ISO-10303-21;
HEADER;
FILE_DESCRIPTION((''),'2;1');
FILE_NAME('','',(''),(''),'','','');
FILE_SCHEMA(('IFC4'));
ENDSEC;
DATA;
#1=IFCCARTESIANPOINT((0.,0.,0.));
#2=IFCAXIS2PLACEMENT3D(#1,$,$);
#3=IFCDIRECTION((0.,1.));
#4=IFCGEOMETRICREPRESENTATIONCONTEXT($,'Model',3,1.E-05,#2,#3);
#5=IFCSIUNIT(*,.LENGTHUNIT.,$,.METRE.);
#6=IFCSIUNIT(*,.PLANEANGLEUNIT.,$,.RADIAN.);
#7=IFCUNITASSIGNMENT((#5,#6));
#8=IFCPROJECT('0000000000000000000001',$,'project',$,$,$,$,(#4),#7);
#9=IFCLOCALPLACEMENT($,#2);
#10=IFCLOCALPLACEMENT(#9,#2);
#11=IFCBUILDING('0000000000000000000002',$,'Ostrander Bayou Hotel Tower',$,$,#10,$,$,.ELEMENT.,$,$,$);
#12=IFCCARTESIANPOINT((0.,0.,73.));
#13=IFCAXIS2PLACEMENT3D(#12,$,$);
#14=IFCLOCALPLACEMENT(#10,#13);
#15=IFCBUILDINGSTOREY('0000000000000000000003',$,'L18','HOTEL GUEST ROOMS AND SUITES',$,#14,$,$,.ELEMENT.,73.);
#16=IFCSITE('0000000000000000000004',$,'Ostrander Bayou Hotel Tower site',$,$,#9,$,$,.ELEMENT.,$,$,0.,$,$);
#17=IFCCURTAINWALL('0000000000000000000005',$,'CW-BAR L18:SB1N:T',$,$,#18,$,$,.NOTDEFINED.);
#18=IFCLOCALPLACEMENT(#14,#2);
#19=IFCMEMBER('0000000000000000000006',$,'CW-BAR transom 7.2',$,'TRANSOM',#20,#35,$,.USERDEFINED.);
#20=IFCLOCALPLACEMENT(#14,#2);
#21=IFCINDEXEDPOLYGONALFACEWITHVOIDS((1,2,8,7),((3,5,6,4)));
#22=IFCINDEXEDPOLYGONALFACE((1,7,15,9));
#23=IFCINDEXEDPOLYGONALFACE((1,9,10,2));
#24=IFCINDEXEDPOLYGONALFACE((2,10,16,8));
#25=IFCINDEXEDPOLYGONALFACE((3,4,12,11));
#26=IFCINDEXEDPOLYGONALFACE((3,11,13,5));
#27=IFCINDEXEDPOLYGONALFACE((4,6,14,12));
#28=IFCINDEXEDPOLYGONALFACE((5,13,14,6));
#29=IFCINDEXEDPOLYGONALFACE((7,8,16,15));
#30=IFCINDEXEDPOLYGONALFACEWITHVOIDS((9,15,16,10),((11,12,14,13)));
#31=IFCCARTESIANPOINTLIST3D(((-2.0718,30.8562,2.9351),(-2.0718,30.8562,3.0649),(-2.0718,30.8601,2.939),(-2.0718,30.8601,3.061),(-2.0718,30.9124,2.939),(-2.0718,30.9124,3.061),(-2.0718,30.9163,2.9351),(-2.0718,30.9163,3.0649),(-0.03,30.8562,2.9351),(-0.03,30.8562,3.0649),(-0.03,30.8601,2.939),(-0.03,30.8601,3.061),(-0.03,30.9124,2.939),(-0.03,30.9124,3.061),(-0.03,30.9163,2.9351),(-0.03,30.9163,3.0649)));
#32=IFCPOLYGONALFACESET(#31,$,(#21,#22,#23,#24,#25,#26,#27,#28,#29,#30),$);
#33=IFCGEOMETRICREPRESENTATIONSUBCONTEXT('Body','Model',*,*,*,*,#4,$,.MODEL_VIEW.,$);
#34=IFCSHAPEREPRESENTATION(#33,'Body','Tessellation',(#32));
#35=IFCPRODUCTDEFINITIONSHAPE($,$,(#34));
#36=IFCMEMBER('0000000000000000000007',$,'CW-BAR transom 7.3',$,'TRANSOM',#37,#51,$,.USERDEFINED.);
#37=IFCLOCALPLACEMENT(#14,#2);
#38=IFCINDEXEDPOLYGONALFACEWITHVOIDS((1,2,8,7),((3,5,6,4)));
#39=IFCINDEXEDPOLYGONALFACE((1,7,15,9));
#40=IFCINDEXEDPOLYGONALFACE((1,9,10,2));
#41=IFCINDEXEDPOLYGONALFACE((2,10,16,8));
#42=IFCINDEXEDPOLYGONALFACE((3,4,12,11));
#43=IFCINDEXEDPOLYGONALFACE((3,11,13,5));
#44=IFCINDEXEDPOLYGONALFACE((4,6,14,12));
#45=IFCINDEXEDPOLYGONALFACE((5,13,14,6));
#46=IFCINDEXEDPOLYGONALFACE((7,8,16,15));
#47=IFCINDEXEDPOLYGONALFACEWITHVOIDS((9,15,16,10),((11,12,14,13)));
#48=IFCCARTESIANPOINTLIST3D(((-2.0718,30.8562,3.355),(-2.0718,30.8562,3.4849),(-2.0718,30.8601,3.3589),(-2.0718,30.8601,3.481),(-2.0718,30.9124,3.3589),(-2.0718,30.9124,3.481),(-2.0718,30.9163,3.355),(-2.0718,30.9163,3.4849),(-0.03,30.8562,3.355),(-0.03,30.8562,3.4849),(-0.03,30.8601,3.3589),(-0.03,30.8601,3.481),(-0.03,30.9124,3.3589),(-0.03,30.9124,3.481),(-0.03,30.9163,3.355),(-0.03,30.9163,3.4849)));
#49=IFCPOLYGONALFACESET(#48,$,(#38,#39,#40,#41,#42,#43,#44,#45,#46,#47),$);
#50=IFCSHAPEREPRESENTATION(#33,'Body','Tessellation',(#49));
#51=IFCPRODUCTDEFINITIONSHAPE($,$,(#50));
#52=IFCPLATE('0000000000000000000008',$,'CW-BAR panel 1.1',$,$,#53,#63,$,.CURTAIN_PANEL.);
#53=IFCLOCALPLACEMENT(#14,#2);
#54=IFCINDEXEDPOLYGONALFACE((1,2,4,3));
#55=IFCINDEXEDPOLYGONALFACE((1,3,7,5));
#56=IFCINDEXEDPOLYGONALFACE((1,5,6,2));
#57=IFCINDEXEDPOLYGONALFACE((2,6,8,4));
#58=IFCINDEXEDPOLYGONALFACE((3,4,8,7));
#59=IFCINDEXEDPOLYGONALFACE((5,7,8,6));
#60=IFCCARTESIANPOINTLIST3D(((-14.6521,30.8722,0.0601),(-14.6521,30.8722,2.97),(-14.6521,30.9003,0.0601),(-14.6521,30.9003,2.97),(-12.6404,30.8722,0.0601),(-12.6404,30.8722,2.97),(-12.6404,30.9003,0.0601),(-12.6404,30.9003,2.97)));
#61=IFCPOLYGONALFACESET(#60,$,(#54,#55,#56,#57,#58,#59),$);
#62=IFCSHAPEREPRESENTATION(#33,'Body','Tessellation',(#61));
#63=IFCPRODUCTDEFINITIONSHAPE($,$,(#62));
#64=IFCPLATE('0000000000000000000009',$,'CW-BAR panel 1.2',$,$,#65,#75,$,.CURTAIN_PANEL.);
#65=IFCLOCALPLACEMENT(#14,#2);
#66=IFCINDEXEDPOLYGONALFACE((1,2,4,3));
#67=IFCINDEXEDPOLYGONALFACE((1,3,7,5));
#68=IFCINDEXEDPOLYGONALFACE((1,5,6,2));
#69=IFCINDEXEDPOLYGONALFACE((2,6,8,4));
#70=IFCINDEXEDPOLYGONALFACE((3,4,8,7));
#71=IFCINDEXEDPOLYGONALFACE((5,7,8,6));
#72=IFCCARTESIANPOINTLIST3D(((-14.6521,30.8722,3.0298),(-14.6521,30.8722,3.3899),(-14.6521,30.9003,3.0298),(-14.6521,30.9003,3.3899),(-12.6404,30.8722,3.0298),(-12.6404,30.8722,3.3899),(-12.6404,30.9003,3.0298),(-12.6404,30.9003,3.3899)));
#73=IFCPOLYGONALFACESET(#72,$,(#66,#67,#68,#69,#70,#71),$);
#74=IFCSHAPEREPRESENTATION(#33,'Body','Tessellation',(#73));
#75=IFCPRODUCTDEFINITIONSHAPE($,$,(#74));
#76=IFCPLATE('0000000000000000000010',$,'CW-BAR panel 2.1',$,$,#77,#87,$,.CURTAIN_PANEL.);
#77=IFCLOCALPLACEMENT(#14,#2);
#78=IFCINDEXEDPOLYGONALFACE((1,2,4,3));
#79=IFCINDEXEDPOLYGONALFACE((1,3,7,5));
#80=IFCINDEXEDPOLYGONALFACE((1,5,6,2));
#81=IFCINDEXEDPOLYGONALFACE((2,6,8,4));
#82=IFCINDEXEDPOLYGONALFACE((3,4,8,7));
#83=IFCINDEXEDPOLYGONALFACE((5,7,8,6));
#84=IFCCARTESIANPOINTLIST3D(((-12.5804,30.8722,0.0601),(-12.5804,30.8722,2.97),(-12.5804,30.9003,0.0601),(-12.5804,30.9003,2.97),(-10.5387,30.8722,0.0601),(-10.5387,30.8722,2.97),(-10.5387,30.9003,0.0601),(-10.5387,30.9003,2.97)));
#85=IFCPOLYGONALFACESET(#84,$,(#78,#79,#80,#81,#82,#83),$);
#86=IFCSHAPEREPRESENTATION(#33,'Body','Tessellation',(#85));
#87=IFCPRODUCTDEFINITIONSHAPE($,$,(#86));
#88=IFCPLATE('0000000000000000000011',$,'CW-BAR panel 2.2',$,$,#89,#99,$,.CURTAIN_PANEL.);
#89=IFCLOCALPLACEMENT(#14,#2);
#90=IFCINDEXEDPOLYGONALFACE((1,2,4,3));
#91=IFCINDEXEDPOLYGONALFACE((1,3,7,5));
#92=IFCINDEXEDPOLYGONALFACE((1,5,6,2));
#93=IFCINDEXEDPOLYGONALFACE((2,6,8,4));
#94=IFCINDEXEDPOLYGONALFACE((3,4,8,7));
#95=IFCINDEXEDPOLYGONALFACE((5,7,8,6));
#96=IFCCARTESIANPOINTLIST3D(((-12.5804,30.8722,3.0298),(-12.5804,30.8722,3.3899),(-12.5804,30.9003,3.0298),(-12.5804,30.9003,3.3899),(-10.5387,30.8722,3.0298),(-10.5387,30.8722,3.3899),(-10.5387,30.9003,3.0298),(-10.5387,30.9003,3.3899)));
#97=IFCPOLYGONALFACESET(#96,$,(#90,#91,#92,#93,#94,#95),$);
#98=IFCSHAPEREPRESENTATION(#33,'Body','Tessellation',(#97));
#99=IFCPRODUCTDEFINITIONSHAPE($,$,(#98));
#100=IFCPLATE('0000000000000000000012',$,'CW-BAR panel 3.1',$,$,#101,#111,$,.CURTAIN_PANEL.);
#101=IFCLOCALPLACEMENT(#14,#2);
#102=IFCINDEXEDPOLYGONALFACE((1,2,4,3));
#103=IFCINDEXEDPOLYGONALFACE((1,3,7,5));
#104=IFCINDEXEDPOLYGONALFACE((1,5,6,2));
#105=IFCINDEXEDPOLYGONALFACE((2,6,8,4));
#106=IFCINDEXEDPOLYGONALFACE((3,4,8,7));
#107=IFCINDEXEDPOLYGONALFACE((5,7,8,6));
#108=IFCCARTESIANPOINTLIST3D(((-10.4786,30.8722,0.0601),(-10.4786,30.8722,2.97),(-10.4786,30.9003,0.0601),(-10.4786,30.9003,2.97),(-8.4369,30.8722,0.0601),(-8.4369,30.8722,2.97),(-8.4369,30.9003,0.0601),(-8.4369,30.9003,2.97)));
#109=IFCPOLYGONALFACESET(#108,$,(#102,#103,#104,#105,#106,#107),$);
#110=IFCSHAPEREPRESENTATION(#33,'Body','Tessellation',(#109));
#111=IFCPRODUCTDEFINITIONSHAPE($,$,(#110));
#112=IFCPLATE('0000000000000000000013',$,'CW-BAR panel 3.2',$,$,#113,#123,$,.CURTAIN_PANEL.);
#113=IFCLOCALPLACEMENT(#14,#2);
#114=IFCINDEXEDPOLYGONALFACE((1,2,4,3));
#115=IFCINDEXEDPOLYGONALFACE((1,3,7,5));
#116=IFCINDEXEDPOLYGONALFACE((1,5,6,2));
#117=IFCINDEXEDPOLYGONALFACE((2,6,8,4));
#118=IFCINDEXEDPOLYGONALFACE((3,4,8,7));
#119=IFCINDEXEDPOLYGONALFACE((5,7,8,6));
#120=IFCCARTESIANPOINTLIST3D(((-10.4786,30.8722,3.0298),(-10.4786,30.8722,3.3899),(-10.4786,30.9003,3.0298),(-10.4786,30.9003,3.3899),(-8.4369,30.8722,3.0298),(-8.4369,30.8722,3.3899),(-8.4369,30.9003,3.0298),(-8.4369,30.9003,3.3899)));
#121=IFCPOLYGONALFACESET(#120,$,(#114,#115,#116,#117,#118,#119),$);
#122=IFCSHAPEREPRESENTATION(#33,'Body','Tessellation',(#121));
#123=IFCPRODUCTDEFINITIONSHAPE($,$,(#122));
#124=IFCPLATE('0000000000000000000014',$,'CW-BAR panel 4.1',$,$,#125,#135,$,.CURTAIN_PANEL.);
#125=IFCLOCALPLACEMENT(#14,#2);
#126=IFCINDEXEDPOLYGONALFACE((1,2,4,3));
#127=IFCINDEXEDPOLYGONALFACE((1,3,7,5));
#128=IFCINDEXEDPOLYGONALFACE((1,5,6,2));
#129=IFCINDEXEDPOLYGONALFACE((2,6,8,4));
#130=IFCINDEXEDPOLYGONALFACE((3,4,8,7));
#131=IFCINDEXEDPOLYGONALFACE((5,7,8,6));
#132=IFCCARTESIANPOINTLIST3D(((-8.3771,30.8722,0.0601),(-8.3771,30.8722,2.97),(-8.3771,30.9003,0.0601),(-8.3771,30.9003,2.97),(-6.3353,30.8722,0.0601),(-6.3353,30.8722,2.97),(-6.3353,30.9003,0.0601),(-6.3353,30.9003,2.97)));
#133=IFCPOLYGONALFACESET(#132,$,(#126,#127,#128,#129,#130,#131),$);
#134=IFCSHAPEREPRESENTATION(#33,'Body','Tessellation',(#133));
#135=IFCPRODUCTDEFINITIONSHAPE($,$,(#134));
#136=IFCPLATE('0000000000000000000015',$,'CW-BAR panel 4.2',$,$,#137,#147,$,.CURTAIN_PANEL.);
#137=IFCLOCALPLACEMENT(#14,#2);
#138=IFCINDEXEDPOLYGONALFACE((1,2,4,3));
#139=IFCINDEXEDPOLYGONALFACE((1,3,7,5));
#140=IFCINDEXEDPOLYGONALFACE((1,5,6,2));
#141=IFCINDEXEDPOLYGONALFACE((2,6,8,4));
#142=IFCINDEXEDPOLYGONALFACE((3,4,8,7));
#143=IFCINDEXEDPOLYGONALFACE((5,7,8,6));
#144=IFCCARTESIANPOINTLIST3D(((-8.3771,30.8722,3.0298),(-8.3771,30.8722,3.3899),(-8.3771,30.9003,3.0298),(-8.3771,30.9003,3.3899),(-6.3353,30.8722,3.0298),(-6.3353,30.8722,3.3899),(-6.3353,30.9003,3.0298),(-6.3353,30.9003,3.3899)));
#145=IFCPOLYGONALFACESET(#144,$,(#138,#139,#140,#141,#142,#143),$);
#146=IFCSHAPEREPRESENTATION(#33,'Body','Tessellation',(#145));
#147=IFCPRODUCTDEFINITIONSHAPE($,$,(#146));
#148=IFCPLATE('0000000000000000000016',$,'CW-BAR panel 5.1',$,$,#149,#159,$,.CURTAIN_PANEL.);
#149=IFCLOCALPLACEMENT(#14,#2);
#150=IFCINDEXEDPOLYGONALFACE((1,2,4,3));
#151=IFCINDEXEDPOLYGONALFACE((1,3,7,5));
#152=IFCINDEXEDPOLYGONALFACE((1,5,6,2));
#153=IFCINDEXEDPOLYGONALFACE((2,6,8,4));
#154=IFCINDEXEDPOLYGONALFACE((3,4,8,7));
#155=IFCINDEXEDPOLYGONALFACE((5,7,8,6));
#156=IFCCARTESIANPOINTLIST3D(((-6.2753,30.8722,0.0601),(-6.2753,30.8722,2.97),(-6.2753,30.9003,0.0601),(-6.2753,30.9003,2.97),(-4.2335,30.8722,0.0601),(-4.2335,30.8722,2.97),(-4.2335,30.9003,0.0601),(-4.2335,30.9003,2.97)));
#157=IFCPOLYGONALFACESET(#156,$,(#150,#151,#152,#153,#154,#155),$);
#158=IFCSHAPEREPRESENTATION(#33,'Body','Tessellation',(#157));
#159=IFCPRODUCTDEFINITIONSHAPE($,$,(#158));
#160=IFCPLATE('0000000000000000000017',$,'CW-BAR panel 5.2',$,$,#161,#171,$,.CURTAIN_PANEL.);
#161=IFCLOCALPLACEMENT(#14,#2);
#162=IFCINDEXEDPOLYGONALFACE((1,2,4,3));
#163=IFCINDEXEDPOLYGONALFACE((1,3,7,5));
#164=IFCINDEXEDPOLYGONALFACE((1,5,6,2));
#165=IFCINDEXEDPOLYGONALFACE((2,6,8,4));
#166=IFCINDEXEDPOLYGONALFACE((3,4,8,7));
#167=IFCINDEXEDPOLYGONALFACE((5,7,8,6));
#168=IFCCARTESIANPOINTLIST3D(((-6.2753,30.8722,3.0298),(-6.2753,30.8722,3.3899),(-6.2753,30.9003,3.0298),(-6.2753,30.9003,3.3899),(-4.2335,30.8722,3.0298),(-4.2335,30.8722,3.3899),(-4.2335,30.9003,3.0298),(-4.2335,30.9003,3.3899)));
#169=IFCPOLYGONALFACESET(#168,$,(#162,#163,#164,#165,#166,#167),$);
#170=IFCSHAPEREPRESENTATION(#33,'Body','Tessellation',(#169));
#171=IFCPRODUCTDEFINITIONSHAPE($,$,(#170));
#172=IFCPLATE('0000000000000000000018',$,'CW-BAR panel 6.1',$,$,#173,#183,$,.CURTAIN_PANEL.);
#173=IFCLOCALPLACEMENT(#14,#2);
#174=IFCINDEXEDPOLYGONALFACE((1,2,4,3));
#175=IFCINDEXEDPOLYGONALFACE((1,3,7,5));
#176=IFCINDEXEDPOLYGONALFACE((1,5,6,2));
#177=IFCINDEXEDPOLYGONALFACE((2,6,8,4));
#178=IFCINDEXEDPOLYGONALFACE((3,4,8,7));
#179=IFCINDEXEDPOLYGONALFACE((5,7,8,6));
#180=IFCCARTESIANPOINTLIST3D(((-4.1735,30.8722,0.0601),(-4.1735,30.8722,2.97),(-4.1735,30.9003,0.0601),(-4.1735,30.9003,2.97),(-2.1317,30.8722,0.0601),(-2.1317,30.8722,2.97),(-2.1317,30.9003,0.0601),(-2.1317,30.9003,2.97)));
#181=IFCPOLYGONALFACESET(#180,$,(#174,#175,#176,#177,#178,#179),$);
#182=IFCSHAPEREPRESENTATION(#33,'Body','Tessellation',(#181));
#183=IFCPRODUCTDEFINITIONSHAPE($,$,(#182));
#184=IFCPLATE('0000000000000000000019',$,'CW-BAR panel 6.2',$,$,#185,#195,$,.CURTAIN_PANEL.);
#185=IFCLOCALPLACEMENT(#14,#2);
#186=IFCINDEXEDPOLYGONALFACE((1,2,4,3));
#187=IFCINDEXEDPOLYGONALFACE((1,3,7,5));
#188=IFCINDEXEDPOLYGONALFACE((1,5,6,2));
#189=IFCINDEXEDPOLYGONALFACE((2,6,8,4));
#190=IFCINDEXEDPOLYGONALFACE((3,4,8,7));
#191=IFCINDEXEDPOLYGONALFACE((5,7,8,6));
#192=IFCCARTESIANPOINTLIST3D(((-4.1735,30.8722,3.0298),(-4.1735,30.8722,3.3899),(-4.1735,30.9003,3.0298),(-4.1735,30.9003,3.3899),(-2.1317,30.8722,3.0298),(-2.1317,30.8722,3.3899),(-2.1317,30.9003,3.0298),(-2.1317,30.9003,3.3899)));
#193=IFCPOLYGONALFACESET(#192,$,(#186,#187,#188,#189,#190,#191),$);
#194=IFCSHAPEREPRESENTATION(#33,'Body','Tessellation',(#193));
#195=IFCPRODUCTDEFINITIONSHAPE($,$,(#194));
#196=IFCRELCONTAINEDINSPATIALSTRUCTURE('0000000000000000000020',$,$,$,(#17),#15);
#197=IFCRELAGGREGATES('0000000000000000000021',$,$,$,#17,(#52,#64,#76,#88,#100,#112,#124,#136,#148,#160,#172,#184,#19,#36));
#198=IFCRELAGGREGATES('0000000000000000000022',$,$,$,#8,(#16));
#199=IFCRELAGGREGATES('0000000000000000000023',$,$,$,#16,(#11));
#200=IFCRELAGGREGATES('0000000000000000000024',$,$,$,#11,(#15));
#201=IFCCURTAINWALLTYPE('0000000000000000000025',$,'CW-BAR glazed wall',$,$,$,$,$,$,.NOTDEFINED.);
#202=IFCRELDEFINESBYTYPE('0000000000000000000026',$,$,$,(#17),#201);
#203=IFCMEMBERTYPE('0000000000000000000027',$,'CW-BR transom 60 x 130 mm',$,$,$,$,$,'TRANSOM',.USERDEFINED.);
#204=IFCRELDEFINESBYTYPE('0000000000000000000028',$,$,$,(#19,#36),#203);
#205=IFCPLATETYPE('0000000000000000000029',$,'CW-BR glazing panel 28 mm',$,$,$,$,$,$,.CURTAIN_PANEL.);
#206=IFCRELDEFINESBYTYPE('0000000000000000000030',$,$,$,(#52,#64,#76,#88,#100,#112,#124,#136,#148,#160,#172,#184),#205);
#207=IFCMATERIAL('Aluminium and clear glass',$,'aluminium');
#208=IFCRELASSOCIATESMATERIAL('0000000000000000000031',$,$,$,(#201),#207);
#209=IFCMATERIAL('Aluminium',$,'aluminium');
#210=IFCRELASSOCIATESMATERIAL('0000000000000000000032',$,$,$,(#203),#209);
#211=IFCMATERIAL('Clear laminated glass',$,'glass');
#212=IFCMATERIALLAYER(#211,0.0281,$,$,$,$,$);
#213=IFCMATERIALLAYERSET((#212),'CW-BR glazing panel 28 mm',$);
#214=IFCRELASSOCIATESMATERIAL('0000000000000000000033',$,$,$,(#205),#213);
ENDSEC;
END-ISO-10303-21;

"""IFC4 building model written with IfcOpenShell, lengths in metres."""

from ifc_helpers import new_model, si_unit, direction, frame, origin, origin_2d, place, context, subcontext, project, spatial, rectangle, hollow_rectangle, extrude, material, layer, layer_set, material_profile, profile_set, type_object, element, aggregate, save


model = new_model("IFC4")

# Units and contexts
model_context = context("Model", 3, precision=1e-05, world=origin(), true_north=direction((0.0, 1.0)))
body_context = subcontext(model_context, "Body", "Model", "MODEL_VIEW")
ifc_project = project(units=[si_unit("LENGTHUNIT", "METRE"), si_unit("PLANEANGLEUNIT", "RADIAN")], contexts=[model_context])

# Site, building, storey
site_placement = place(None, origin())
site = spatial("IfcSite", under=ifc_project, at=site_placement, Name="Ostrander Bayou Hotel Tower site", CompositionType="ELEMENT", RefElevation=0.0)
building_placement = place(site_placement, origin())
building = spatial("IfcBuilding", under=site, at=building_placement, Name="Ostrander Bayou Hotel Tower", CompositionType="ELEMENT")
storey_placement = place(building_placement, frame((0.0, 0.0, 73.0)))
storey = spatial("IfcBuildingStorey", under=building, at=storey_placement, Name="L18", Description="HOTEL GUEST ROOMS AND SUITES", CompositionType="ELEMENT", Elevation=73.0)

# Curtain wall, members, plates
ifc_material_1 = material(Name="Aluminium and clear glass", Category="aluminium")
curtain_wall_type = type_object("IfcCurtainWallType", Name="CW-BAR glazed wall", PredefinedType="NOTDEFINED", material=ifc_material_1)
curtain_wall_placement = place(storey_placement, origin())
curtain_wall = element("IfcCurtainWall", 1, at=curtain_wall_placement, inside=storey, type_object=curtain_wall_type, Name="CW-BAR L18:SB1N:T", PredefinedType="NOTDEFINED")
ifc_material_2 = material(Name="Aluminium", Category="aluminium")
ifc_material_profile_1 = material_profile(ifc_material_2, hollow_rectangle(XDim=0.0601, YDim=0.1299, WallThickness=0.0039, at=origin_2d()))
ifc_profile_set_1 = profile_set([ifc_material_profile_1], Name="Aluminium")
member_type_1 = type_object("IfcMemberType", Name="CW-BR transom 60 x 130 mm", ElementType="TRANSOM", PredefinedType="USERDEFINED", material=ifc_profile_set_1)
member_1_placement = place(storey_placement, frame((-2.0718, 30.8862, 3.0), z_axis=(1.0, 0.0, 0.0), x_axis=(0.0, 1.0, 0.0)))
member_1 = element("IfcMember", 2, at=member_1_placement, type_object=member_type_1, Name="CW-BAR transom 7.2", ObjectType="TRANSOM", PredefinedType="USERDEFINED", context=body_context, shape_type="SweptSolid", body=[
    extrude(hollow_rectangle(XDim=0.0601, YDim=0.1299, WallThickness=0.0039, at=origin_2d()), origin(), (0.0, 0.0, 1.0), 2.0417),
])
member_2_placement = place(storey_placement, frame((-2.0718, 30.8862, 3.4199), z_axis=(1.0, 0.0, 0.0), x_axis=(0.0, 1.0, 0.0)))
member_2 = element("IfcMember", 3, at=member_2_placement, type_object=member_type_1, Name="CW-BAR transom 7.3", ObjectType="TRANSOM", PredefinedType="USERDEFINED", context=body_context, shape_type="SweptSolid", body=[
    extrude(hollow_rectangle(XDim=0.0601, YDim=0.1299, WallThickness=0.0039, at=origin_2d()), origin(), (0.0, 0.0, 1.0), 2.0417),
])
ifc_material_3 = material(Name="Clear laminated glass", Category="glass")
ifc_layer = layer(ifc_material_3, 0.0281)
ifc_layer_set = layer_set([ifc_layer], Name="CW-BR glazing panel 28 mm")
plate_type = type_object("IfcPlateType", Name="CW-BR glazing panel 28 mm", PredefinedType="CURTAIN_PANEL", material=ifc_layer_set)
plate_1_placement = place(storey_placement, frame((-13.6462, 30.8862, 0.0601), z_axis=(0.0, 0.0, 1.0), x_axis=(1.0, 0.0, 0.0)))
plate_1 = element("IfcPlate", 4, at=plate_1_placement, type_object=plate_type, Name="CW-BAR panel 1.1", PredefinedType="CURTAIN_PANEL", context=body_context, shape_type="SweptSolid", body=[
    extrude(rectangle(XDim=2.0117, YDim=0.0281, at=origin_2d()), origin(), (0.0, 0.0, 1.0), 2.9099),
])
plate_2_placement = place(storey_placement, frame((-13.6462, 30.8862, 3.0298), z_axis=(0.0, 0.0, 1.0), x_axis=(1.0, 0.0, 0.0)))
plate_2 = element("IfcPlate", 5, at=plate_2_placement, type_object=plate_type, Name="CW-BAR panel 1.2", PredefinedType="CURTAIN_PANEL", context=body_context, shape_type="SweptSolid", body=[
    extrude(rectangle(XDim=2.0117, YDim=0.0281, at=origin_2d()), origin(), (0.0, 0.0, 1.0), 0.3601),
])
plate_3_placement = place(storey_placement, frame((-11.5596, 30.8862, 0.0601), z_axis=(0.0, 0.0, 1.0), x_axis=(1.0, 0.0, 0.0)))
plate_3 = element("IfcPlate", 6, at=plate_3_placement, type_object=plate_type, Name="CW-BAR panel 2.1", PredefinedType="CURTAIN_PANEL", context=body_context, shape_type="SweptSolid", body=[
    extrude(rectangle(XDim=2.0417, YDim=0.0281, at=origin_2d()), origin(), (0.0, 0.0, 1.0), 2.9099),
])
plate_4_placement = place(storey_placement, frame((-11.5596, 30.8862, 3.0298), z_axis=(0.0, 0.0, 1.0), x_axis=(1.0, 0.0, 0.0)))
plate_4 = element("IfcPlate", 7, at=plate_4_placement, type_object=plate_type, Name="CW-BAR panel 2.2", PredefinedType="CURTAIN_PANEL", context=body_context, shape_type="SweptSolid", body=[
    extrude(rectangle(XDim=2.0417, YDim=0.0281, at=origin_2d()), origin(), (0.0, 0.0, 1.0), 0.3601),
])
plate_5_placement = place(storey_placement, frame((-9.4578, 30.8862, 0.0601), z_axis=(0.0, 0.0, 1.0), x_axis=(1.0, 0.0, 0.0)))
plate_5 = element("IfcPlate", 8, at=plate_5_placement, type_object=plate_type, Name="CW-BAR panel 3.1", PredefinedType="CURTAIN_PANEL", context=body_context, shape_type="SweptSolid", body=[
    extrude(rectangle(XDim=2.0417, YDim=0.0281, at=origin_2d()), origin(), (0.0, 0.0, 1.0), 2.9099),
])
plate_6_placement = place(storey_placement, frame((-9.4578, 30.8862, 3.0298), z_axis=(0.0, 0.0, 1.0), x_axis=(1.0, 0.0, 0.0)))
plate_6 = element("IfcPlate", 9, at=plate_6_placement, type_object=plate_type, Name="CW-BAR panel 3.2", PredefinedType="CURTAIN_PANEL", context=body_context, shape_type="SweptSolid", body=[
    extrude(rectangle(XDim=2.0417, YDim=0.0281, at=origin_2d()), origin(), (0.0, 0.0, 1.0), 0.3601),
])
plate_7_placement = place(storey_placement, frame((-7.3562, 30.8862, 0.0601), z_axis=(0.0, 0.0, 1.0), x_axis=(1.0, 0.0, 0.0)))
plate_7 = element("IfcPlate", 10, at=plate_7_placement, type_object=plate_type, Name="CW-BAR panel 4.1", PredefinedType="CURTAIN_PANEL", context=body_context, shape_type="SweptSolid", body=[
    extrude(rectangle(XDim=2.0417, YDim=0.0281, at=origin_2d()), origin(), (0.0, 0.0, 1.0), 2.9099),
])
plate_8_placement = place(storey_placement, frame((-7.3562, 30.8862, 3.0298), z_axis=(0.0, 0.0, 1.0), x_axis=(1.0, 0.0, 0.0)))
plate_8 = element("IfcPlate", 11, at=plate_8_placement, type_object=plate_type, Name="CW-BAR panel 4.2", PredefinedType="CURTAIN_PANEL", context=body_context, shape_type="SweptSolid", body=[
    extrude(rectangle(XDim=2.0417, YDim=0.0281, at=origin_2d()), origin(), (0.0, 0.0, 1.0), 0.3601),
])
plate_9_placement = place(storey_placement, frame((-5.2544, 30.8862, 0.0601), z_axis=(0.0, 0.0, 1.0), x_axis=(1.0, 0.0, 0.0)))
plate_9 = element("IfcPlate", 12, at=plate_9_placement, type_object=plate_type, Name="CW-BAR panel 5.1", PredefinedType="CURTAIN_PANEL", context=body_context, shape_type="SweptSolid", body=[
    extrude(rectangle(XDim=2.0417, YDim=0.0281, at=origin_2d()), origin(), (0.0, 0.0, 1.0), 2.9099),
])
plate_10_placement = place(storey_placement, frame((-5.2544, 30.8862, 3.0298), z_axis=(0.0, 0.0, 1.0), x_axis=(1.0, 0.0, 0.0)))
plate_10 = element("IfcPlate", 13, at=plate_10_placement, type_object=plate_type, Name="CW-BAR panel 5.2", PredefinedType="CURTAIN_PANEL", context=body_context, shape_type="SweptSolid", body=[
    extrude(rectangle(XDim=2.0417, YDim=0.0281, at=origin_2d()), origin(), (0.0, 0.0, 1.0), 0.3601),
])
plate_11_placement = place(storey_placement, frame((-3.1526, 30.8862, 0.0601), z_axis=(0.0, 0.0, 1.0), x_axis=(1.0, 0.0, 0.0)))
plate_11 = element("IfcPlate", 14, at=plate_11_placement, type_object=plate_type, Name="CW-BAR panel 6.1", PredefinedType="CURTAIN_PANEL", context=body_context, shape_type="SweptSolid", body=[
    extrude(rectangle(XDim=2.0417, YDim=0.0281, at=origin_2d()), origin(), (0.0, 0.0, 1.0), 2.9099),
])
plate_12_placement = place(storey_placement, frame((-3.1526, 30.8862, 3.0298), z_axis=(0.0, 0.0, 1.0), x_axis=(1.0, 0.0, 0.0)))
plate_12 = element("IfcPlate", 15, at=plate_12_placement, type_object=plate_type, Name="CW-BAR panel 6.2", PredefinedType="CURTAIN_PANEL", context=body_context, shape_type="SweptSolid", body=[
    extrude(rectangle(XDim=2.0417, YDim=0.0281, at=origin_2d()), origin(), (0.0, 0.0, 1.0), 0.3601),
])
aggregate(curtain_wall, [plate_1, plate_2, plate_3, plate_4, plate_5, plate_6, plate_7, plate_8, plate_9, plate_10, plate_11, plate_12, member_1, member_2])

save(model, "model.ifc")
